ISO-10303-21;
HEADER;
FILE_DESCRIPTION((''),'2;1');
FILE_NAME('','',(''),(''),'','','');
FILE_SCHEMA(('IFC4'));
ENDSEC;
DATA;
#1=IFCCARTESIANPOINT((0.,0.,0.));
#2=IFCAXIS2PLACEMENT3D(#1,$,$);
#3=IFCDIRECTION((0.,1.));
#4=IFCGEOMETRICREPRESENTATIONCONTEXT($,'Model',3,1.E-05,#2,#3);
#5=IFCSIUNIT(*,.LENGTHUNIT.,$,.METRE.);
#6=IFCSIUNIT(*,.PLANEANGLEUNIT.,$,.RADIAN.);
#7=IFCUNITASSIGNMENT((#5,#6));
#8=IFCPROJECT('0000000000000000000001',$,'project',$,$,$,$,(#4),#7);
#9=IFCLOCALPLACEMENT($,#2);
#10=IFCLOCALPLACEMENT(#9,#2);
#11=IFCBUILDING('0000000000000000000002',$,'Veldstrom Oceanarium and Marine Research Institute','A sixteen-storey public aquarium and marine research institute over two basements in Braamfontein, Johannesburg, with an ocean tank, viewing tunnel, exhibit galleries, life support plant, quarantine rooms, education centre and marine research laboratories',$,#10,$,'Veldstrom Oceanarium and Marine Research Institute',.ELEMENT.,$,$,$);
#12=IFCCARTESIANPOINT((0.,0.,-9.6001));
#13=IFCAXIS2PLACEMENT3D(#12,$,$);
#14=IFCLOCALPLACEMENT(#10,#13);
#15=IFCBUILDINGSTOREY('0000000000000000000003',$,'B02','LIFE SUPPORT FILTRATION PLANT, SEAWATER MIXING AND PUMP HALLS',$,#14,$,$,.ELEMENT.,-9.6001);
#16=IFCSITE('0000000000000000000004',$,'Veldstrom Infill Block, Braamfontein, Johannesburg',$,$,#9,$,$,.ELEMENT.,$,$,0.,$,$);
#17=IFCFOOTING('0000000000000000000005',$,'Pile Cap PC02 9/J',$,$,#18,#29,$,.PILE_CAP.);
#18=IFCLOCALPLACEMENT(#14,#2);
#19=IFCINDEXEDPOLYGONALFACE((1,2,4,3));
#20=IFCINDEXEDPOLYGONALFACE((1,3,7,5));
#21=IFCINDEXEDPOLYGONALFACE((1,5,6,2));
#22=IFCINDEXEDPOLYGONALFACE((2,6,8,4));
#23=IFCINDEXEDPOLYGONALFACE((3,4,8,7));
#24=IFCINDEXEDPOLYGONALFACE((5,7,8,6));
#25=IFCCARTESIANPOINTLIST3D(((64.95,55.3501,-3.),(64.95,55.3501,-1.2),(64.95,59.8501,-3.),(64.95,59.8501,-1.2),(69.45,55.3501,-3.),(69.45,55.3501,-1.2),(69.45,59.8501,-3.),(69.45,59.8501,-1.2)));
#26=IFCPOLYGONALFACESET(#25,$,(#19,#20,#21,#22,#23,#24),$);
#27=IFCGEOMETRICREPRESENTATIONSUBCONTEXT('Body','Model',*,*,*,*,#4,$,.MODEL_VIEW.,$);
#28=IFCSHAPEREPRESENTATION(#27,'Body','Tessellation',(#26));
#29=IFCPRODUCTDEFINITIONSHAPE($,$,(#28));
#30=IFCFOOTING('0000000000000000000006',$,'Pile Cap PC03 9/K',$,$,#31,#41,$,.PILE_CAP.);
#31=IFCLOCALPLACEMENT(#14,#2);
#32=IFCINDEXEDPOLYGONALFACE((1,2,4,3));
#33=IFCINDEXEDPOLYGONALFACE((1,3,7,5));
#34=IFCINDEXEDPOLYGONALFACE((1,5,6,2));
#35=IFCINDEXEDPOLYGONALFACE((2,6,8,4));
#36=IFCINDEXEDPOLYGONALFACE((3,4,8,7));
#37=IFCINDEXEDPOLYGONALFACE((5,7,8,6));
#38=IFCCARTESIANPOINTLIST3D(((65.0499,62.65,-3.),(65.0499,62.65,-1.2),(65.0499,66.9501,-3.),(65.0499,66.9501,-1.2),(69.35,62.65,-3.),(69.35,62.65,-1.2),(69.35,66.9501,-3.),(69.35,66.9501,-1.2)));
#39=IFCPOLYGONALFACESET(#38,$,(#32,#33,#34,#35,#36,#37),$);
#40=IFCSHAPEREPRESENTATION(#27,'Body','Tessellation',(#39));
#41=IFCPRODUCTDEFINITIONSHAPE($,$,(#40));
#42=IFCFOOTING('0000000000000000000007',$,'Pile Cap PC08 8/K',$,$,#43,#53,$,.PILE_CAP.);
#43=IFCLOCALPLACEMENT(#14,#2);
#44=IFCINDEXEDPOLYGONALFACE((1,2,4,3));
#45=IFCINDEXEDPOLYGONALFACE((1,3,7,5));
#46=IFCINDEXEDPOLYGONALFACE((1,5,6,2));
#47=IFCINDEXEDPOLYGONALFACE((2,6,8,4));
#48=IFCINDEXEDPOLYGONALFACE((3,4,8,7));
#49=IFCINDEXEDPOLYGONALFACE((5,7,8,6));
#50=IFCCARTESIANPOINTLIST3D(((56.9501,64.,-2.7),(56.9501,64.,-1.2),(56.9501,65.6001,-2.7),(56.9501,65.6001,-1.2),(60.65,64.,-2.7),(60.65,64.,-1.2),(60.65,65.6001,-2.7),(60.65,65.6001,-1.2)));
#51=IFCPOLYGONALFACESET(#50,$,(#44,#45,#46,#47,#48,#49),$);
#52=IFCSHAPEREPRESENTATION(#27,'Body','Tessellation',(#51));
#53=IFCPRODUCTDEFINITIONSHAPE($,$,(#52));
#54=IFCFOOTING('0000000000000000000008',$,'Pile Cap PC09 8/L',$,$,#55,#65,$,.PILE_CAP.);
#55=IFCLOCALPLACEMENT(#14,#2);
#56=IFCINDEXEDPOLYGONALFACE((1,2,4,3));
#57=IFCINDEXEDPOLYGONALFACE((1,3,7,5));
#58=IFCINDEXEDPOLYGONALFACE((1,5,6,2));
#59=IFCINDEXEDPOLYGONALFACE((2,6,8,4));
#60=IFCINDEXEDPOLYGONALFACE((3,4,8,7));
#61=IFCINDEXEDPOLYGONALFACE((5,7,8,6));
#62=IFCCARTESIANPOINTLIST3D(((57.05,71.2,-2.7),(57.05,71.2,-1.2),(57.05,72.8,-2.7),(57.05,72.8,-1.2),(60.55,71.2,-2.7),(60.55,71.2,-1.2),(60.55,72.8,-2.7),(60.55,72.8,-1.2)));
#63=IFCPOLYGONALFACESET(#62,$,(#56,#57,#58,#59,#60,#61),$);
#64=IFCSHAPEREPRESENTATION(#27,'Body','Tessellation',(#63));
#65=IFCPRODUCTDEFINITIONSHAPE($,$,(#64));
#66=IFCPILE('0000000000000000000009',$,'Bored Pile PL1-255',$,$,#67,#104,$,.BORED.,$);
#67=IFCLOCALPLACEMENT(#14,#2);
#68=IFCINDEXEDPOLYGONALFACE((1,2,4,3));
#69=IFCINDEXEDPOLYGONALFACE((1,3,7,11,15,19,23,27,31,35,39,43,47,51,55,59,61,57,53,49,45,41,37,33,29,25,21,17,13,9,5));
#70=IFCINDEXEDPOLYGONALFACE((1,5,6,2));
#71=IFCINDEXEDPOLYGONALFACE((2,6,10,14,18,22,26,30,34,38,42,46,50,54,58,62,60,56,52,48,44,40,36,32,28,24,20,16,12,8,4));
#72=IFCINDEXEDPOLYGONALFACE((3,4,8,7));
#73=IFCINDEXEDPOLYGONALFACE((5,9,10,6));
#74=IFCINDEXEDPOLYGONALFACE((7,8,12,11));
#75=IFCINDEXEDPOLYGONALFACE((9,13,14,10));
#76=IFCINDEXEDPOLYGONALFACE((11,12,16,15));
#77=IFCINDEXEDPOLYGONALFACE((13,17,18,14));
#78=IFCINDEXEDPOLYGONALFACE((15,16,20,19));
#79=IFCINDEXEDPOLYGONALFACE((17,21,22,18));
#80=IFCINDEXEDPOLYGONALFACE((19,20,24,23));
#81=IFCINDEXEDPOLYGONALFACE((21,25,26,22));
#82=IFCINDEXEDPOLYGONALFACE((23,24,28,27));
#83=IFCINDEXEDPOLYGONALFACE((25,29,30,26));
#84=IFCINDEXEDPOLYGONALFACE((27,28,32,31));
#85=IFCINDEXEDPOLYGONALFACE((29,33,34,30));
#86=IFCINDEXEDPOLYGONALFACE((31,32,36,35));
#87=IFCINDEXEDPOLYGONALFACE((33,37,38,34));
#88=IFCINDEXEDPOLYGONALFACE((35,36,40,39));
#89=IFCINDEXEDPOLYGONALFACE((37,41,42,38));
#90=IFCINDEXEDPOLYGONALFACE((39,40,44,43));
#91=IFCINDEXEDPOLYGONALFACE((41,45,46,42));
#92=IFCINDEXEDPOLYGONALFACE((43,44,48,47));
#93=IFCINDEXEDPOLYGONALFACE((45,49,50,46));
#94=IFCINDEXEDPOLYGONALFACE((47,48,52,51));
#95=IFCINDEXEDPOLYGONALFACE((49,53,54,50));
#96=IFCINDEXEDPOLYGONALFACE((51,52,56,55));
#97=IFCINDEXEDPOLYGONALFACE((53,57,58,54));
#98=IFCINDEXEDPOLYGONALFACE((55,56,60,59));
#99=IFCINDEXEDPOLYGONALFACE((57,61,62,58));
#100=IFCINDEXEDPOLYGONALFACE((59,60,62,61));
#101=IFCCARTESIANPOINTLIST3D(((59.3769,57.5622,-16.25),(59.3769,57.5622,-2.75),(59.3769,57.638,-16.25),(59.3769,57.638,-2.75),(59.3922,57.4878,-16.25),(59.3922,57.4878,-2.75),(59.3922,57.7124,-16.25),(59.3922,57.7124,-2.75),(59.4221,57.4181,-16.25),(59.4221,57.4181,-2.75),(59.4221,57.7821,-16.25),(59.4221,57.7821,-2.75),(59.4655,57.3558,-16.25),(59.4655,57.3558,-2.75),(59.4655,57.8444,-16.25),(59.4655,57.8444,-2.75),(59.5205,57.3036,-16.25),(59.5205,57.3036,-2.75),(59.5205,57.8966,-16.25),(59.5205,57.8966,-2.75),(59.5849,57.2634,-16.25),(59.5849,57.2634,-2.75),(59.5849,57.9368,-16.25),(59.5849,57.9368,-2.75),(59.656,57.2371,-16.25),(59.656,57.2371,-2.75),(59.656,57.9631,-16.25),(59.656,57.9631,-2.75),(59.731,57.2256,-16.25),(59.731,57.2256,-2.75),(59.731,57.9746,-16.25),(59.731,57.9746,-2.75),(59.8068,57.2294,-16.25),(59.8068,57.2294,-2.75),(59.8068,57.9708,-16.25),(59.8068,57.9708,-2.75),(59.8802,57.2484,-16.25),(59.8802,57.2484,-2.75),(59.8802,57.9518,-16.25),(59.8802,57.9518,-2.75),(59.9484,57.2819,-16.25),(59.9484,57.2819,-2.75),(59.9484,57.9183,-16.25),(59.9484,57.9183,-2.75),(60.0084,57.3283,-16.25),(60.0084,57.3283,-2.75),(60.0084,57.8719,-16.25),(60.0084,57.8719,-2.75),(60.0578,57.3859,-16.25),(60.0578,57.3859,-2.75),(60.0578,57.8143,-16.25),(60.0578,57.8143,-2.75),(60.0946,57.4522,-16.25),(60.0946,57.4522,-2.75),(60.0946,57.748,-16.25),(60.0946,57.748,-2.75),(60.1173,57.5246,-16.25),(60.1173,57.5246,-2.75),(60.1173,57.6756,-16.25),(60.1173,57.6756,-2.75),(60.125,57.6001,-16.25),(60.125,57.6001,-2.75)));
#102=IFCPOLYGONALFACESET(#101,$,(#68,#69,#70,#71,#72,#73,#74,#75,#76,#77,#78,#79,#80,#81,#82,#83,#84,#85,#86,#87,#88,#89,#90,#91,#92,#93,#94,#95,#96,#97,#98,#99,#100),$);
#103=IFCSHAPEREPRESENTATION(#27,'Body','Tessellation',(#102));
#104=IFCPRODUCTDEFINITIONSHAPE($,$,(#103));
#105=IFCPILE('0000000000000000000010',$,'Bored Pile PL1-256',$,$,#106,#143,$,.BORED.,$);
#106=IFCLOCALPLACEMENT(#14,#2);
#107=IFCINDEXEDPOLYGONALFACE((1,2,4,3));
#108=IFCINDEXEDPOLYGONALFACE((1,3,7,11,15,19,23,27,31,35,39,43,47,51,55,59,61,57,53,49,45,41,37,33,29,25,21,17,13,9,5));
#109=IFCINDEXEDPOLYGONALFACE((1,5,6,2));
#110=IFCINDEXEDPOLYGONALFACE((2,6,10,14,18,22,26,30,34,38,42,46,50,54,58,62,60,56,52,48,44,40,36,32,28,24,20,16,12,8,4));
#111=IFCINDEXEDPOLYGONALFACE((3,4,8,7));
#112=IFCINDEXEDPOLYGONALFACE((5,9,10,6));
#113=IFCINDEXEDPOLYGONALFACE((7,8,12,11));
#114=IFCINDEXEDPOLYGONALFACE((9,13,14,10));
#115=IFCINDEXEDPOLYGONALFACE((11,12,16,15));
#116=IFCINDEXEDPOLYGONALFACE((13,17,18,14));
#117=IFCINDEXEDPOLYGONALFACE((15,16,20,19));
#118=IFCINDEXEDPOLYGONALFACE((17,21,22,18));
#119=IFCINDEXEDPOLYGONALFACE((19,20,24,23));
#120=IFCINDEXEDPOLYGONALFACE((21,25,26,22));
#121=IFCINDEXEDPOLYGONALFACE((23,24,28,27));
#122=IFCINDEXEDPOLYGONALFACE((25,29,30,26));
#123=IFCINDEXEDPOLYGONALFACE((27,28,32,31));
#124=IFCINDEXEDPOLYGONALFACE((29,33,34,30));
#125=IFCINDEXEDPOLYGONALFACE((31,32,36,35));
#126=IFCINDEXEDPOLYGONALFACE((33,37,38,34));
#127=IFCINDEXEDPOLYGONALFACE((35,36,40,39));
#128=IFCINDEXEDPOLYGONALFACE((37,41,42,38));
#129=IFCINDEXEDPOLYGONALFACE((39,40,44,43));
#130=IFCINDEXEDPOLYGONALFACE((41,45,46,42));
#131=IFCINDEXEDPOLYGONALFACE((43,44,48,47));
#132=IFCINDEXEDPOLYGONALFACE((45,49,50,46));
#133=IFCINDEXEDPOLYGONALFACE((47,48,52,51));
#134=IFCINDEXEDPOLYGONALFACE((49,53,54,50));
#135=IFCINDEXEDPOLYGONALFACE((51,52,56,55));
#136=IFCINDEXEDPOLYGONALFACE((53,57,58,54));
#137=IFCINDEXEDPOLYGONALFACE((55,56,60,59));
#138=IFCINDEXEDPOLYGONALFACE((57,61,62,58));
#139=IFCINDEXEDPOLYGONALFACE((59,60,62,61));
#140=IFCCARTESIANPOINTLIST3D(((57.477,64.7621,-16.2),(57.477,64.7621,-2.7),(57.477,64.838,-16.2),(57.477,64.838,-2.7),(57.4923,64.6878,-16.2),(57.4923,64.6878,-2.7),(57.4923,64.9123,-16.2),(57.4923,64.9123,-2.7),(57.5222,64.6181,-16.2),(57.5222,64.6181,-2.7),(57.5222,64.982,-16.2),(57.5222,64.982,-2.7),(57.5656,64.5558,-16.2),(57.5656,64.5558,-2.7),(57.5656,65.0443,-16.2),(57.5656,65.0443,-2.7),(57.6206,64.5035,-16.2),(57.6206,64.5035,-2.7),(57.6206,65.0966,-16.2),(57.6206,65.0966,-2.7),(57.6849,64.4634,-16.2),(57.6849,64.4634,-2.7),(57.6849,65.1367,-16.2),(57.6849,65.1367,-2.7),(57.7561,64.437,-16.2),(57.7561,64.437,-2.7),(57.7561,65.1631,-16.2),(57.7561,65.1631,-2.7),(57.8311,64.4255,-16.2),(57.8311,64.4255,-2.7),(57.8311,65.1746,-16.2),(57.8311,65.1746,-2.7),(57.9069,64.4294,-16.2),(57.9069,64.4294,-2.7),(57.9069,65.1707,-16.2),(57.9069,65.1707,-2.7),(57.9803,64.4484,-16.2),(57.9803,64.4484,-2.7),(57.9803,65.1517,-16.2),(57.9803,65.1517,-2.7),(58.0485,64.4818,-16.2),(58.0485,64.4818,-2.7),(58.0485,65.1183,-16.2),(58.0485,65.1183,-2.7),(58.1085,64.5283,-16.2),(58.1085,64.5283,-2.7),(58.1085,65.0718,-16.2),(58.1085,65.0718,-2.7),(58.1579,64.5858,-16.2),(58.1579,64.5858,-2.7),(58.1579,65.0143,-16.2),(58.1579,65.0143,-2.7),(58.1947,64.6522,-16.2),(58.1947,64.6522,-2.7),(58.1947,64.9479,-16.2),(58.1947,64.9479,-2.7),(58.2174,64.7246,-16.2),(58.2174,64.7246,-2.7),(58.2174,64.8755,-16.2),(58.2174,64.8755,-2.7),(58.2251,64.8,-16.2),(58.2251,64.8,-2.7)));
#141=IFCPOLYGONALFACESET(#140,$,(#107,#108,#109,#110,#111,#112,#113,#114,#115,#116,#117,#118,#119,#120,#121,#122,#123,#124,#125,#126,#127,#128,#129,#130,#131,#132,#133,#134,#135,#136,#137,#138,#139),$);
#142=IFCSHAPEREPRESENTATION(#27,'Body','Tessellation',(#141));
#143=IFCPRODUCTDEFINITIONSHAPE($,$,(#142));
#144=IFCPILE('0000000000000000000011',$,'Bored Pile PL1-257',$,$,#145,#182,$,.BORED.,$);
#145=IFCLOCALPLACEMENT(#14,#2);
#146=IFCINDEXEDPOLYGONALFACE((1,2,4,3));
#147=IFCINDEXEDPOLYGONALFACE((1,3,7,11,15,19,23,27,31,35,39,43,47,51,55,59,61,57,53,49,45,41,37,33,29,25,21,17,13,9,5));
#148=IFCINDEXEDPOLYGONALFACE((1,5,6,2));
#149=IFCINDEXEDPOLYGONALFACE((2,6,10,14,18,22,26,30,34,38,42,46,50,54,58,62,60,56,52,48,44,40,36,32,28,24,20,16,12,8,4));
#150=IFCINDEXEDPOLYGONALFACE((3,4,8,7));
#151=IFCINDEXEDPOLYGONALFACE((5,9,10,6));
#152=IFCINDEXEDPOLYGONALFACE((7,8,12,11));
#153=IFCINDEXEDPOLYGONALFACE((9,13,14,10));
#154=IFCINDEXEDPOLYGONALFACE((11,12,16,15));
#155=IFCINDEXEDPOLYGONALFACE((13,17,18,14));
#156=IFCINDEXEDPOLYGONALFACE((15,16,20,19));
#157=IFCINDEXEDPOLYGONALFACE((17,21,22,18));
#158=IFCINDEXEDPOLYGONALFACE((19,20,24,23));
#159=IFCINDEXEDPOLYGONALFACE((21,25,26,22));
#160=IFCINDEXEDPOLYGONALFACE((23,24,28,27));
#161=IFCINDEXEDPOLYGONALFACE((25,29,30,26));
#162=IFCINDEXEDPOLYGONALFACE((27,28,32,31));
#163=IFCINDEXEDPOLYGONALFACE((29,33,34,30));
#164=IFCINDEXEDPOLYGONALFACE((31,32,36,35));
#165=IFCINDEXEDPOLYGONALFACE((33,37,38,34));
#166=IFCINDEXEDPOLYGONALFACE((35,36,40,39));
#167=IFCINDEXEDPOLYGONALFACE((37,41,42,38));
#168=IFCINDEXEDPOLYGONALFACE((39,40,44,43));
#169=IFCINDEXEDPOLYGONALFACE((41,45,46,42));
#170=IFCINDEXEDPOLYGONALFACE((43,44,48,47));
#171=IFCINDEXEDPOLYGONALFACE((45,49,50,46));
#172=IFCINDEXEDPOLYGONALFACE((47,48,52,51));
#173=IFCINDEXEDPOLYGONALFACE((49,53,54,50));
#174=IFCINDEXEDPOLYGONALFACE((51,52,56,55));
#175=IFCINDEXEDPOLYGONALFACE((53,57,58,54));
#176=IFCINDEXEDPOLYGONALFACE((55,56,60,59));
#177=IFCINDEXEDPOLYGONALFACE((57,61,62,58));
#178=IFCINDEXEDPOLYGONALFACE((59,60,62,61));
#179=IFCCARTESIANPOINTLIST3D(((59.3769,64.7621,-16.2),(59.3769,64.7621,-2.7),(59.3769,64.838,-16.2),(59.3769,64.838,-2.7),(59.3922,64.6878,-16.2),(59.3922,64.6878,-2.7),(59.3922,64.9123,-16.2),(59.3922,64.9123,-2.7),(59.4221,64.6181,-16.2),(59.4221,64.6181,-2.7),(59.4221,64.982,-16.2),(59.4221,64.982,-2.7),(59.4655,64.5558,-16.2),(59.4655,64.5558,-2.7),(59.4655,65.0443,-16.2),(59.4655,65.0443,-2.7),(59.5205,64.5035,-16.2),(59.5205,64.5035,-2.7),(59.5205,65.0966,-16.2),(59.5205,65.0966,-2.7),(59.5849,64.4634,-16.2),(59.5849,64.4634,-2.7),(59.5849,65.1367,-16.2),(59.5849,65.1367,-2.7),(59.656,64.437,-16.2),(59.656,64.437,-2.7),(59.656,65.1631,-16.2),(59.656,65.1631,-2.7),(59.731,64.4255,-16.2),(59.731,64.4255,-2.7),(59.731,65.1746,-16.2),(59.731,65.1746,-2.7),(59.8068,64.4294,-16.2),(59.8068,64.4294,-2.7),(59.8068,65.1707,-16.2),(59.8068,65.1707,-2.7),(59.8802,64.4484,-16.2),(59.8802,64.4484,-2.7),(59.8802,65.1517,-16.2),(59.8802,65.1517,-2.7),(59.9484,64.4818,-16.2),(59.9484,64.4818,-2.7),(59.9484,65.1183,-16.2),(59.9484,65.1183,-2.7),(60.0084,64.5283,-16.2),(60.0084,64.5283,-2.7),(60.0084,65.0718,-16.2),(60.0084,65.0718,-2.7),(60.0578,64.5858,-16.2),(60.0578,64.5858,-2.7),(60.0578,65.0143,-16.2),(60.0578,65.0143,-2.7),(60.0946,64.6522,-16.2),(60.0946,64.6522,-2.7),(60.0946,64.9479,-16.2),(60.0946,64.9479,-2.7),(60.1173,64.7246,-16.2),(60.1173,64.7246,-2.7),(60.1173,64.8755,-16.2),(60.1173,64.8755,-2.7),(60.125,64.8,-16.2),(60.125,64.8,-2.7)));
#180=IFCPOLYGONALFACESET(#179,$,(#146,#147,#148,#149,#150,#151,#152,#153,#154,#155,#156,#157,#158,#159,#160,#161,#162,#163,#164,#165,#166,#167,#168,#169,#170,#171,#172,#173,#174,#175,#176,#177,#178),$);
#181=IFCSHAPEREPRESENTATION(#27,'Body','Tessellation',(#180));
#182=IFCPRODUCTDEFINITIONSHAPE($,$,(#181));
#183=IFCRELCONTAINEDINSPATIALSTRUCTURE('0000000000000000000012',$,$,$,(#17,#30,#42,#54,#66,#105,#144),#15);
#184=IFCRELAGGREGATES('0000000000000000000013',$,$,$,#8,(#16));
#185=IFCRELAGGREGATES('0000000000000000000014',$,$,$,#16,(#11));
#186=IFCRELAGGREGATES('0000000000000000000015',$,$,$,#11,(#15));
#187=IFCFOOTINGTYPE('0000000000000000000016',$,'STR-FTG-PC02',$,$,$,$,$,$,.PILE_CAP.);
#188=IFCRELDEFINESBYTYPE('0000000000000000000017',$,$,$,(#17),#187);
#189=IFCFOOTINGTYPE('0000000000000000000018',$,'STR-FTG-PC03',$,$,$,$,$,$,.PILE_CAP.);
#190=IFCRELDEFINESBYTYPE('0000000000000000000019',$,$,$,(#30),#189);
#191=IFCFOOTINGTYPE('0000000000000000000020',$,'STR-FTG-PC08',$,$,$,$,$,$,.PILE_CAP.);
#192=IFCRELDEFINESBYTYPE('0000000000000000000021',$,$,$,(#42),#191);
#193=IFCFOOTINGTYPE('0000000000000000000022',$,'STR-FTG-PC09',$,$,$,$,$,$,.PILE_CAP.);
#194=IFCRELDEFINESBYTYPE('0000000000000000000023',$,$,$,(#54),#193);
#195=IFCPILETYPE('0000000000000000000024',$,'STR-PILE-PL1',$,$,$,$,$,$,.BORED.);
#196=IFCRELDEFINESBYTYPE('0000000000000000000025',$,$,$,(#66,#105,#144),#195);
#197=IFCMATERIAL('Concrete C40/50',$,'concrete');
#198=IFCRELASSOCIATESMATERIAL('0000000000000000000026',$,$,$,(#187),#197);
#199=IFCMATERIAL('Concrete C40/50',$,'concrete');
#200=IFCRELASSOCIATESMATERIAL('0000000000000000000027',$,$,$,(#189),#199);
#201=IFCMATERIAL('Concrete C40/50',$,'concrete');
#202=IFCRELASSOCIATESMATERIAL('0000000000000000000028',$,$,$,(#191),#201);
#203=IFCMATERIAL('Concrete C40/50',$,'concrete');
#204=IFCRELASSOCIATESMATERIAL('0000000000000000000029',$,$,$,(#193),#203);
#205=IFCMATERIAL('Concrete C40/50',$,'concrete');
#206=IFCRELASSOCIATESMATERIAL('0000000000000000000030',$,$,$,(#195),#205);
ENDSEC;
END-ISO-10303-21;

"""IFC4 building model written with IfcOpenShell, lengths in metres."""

from ifc_helpers import new_model, si_unit, direction, frame, origin, origin_2d, place, context, subcontext, project, spatial, rectangle, circle, extrude, material, material_profile, profile_set, type_object, element, save


model = new_model("IFC4")

# Units and contexts
model_context = context("Model", 3, precision=1e-05, world=origin(), true_north=direction((0.0, 1.0)))
body_context = subcontext(model_context, "Body", "Model", "MODEL_VIEW")
ifc_project = project(units=[si_unit("LENGTHUNIT", "METRE"), si_unit("PLANEANGLEUNIT", "RADIAN")], contexts=[model_context])

# Site, building, storey
site_placement = place(None, origin())
site = spatial("IfcSite", under=ifc_project, at=site_placement, Name="Veldstrom Infill Block, Braamfontein, Johannesburg", CompositionType="ELEMENT", RefElevation=0.0)
building_placement = place(site_placement, origin())
building = spatial("IfcBuilding", under=site, at=building_placement, Name="Veldstrom Oceanarium and Marine Research Institute", Description="A sixteen-storey public aquarium and marine research institute over two basements in Braamfontein, Johannesburg, with an ocean tank, viewing tunnel, exhibit galleries, life support plant, quarantine rooms, education centre and marine research laboratories", LongName="Veldstrom Oceanarium and Marine Research Institute", CompositionType="ELEMENT")
storey_placement = place(building_placement, frame((0.0, 0.0, -9.6001)))
storey = spatial("IfcBuildingStorey", under=building, at=storey_placement, Name="B02", Description="LIFE SUPPORT FILTRATION PLANT, SEAWATER MIXING AND PUMP HALLS", CompositionType="ELEMENT", Elevation=-9.6001)

# Footings
ifc_material_1 = material(Name="Concrete C40/50", Category="concrete")
footing_type_1 = type_object("IfcFootingType", Name="STR-FTG-PC02", PredefinedType="PILE_CAP", material=ifc_material_1)
footing_1_placement = place(storey_placement, frame((67.2, 57.6001, -3.0), z_axis=(0.0, 0.0, 1.0), x_axis=(1.0, 0.0, 0.0)))
element("IfcFooting", 1, at=footing_1_placement, inside=storey, type_object=footing_type_1, Name="Pile Cap PC02 9/J", PredefinedType="PILE_CAP", context=body_context, shape_type="SweptSolid", body=[
    extrude(rectangle(XDim=4.5, YDim=4.5, at=origin_2d()), origin(), (0.0, 0.0, 1.0), 1.8),
])
ifc_material_2 = material(Name="Concrete C40/50", Category="concrete")
footing_type_2 = type_object("IfcFootingType", Name="STR-FTG-PC03", PredefinedType="PILE_CAP", material=ifc_material_2)
footing_2_placement = place(storey_placement, frame((67.2, 64.8, -3.0), z_axis=(0.0, 0.0, 1.0), x_axis=(1.0, 0.0, 0.0)))
element("IfcFooting", 2, at=footing_2_placement, inside=storey, type_object=footing_type_2, Name="Pile Cap PC03 9/K", PredefinedType="PILE_CAP", context=body_context, shape_type="SweptSolid", body=[
    extrude(rectangle(XDim=4.3, YDim=4.3, at=origin_2d()), origin(), (0.0, 0.0, 1.0), 1.8),
])
ifc_material_3 = material(Name="Concrete C40/50", Category="concrete")
footing_type_3 = type_object("IfcFootingType", Name="STR-FTG-PC08", PredefinedType="PILE_CAP", material=ifc_material_3)
footing_3_placement = place(storey_placement, frame((58.8, 64.8, -2.7), z_axis=(0.0, 0.0, 1.0), x_axis=(1.0, 0.0, 0.0)))
element("IfcFooting", 3, at=footing_3_placement, inside=storey, type_object=footing_type_3, Name="Pile Cap PC08 8/K", PredefinedType="PILE_CAP", context=body_context, shape_type="SweptSolid", body=[
    extrude(rectangle(XDim=3.7, YDim=1.6001, at=origin_2d()), origin(), (0.0, 0.0, 1.0), 1.5),
])
ifc_material_4 = material(Name="Concrete C40/50", Category="concrete")
footing_type_4 = type_object("IfcFootingType", Name="STR-FTG-PC09", PredefinedType="PILE_CAP", material=ifc_material_4)
footing_4_placement = place(storey_placement, frame((58.8, 72.0, -2.7), z_axis=(0.0, 0.0, 1.0), x_axis=(1.0, 0.0, 0.0)))
element("IfcFooting", 4, at=footing_4_placement, inside=storey, type_object=footing_type_4, Name="Pile Cap PC09 8/L", PredefinedType="PILE_CAP", context=body_context, shape_type="SweptSolid", body=[
    extrude(rectangle(XDim=3.5, YDim=1.6001, at=origin_2d()), origin(), (0.0, 0.0, 1.0), 1.5),
])

# Piles
ifc_material_5 = material(Name="Concrete C40/50", Category="concrete")
ifc_material_profile_1 = material_profile(ifc_material_5, circle(Radius=0.375, at=origin_2d()), Name="PILE-D750")
ifc_profile_set_1 = profile_set([ifc_material_profile_1], Name="Concrete C40/50")
pile_type_1 = type_object("IfcPileType", Name="STR-PILE-PL1", PredefinedType="BORED", material=ifc_profile_set_1)
for number, where, z_axis, x_axis, name in (
    (5, (59.75, 57.6001, -2.75), (0.0, 0.0, -1.0), (1.0, 0.0, 0.0), "Bored Pile PL1-255"),
    (6, (57.8501, 64.8, -2.7), (0.0, 0.0, -1.0), (1.0, 0.0, 0.0), "Bored Pile PL1-256"),
    (7, (59.75, 64.8, -2.7), (0.0, 0.0, -1.0), (1.0, 0.0, 0.0), "Bored Pile PL1-257"),
):
    element("IfcPile", number, at=place(storey_placement, frame(where, z_axis=z_axis, x_axis=x_axis)), inside=storey, type_object=pile_type_1, Name=name, PredefinedType="BORED", context=body_context, shape_type="SweptSolid", body=[
        extrude(circle(Radius=0.375, at=origin_2d()), origin(), (0.0, 0.0, 1.0), 13.5),
    ])

save(model, "model.ifc")
